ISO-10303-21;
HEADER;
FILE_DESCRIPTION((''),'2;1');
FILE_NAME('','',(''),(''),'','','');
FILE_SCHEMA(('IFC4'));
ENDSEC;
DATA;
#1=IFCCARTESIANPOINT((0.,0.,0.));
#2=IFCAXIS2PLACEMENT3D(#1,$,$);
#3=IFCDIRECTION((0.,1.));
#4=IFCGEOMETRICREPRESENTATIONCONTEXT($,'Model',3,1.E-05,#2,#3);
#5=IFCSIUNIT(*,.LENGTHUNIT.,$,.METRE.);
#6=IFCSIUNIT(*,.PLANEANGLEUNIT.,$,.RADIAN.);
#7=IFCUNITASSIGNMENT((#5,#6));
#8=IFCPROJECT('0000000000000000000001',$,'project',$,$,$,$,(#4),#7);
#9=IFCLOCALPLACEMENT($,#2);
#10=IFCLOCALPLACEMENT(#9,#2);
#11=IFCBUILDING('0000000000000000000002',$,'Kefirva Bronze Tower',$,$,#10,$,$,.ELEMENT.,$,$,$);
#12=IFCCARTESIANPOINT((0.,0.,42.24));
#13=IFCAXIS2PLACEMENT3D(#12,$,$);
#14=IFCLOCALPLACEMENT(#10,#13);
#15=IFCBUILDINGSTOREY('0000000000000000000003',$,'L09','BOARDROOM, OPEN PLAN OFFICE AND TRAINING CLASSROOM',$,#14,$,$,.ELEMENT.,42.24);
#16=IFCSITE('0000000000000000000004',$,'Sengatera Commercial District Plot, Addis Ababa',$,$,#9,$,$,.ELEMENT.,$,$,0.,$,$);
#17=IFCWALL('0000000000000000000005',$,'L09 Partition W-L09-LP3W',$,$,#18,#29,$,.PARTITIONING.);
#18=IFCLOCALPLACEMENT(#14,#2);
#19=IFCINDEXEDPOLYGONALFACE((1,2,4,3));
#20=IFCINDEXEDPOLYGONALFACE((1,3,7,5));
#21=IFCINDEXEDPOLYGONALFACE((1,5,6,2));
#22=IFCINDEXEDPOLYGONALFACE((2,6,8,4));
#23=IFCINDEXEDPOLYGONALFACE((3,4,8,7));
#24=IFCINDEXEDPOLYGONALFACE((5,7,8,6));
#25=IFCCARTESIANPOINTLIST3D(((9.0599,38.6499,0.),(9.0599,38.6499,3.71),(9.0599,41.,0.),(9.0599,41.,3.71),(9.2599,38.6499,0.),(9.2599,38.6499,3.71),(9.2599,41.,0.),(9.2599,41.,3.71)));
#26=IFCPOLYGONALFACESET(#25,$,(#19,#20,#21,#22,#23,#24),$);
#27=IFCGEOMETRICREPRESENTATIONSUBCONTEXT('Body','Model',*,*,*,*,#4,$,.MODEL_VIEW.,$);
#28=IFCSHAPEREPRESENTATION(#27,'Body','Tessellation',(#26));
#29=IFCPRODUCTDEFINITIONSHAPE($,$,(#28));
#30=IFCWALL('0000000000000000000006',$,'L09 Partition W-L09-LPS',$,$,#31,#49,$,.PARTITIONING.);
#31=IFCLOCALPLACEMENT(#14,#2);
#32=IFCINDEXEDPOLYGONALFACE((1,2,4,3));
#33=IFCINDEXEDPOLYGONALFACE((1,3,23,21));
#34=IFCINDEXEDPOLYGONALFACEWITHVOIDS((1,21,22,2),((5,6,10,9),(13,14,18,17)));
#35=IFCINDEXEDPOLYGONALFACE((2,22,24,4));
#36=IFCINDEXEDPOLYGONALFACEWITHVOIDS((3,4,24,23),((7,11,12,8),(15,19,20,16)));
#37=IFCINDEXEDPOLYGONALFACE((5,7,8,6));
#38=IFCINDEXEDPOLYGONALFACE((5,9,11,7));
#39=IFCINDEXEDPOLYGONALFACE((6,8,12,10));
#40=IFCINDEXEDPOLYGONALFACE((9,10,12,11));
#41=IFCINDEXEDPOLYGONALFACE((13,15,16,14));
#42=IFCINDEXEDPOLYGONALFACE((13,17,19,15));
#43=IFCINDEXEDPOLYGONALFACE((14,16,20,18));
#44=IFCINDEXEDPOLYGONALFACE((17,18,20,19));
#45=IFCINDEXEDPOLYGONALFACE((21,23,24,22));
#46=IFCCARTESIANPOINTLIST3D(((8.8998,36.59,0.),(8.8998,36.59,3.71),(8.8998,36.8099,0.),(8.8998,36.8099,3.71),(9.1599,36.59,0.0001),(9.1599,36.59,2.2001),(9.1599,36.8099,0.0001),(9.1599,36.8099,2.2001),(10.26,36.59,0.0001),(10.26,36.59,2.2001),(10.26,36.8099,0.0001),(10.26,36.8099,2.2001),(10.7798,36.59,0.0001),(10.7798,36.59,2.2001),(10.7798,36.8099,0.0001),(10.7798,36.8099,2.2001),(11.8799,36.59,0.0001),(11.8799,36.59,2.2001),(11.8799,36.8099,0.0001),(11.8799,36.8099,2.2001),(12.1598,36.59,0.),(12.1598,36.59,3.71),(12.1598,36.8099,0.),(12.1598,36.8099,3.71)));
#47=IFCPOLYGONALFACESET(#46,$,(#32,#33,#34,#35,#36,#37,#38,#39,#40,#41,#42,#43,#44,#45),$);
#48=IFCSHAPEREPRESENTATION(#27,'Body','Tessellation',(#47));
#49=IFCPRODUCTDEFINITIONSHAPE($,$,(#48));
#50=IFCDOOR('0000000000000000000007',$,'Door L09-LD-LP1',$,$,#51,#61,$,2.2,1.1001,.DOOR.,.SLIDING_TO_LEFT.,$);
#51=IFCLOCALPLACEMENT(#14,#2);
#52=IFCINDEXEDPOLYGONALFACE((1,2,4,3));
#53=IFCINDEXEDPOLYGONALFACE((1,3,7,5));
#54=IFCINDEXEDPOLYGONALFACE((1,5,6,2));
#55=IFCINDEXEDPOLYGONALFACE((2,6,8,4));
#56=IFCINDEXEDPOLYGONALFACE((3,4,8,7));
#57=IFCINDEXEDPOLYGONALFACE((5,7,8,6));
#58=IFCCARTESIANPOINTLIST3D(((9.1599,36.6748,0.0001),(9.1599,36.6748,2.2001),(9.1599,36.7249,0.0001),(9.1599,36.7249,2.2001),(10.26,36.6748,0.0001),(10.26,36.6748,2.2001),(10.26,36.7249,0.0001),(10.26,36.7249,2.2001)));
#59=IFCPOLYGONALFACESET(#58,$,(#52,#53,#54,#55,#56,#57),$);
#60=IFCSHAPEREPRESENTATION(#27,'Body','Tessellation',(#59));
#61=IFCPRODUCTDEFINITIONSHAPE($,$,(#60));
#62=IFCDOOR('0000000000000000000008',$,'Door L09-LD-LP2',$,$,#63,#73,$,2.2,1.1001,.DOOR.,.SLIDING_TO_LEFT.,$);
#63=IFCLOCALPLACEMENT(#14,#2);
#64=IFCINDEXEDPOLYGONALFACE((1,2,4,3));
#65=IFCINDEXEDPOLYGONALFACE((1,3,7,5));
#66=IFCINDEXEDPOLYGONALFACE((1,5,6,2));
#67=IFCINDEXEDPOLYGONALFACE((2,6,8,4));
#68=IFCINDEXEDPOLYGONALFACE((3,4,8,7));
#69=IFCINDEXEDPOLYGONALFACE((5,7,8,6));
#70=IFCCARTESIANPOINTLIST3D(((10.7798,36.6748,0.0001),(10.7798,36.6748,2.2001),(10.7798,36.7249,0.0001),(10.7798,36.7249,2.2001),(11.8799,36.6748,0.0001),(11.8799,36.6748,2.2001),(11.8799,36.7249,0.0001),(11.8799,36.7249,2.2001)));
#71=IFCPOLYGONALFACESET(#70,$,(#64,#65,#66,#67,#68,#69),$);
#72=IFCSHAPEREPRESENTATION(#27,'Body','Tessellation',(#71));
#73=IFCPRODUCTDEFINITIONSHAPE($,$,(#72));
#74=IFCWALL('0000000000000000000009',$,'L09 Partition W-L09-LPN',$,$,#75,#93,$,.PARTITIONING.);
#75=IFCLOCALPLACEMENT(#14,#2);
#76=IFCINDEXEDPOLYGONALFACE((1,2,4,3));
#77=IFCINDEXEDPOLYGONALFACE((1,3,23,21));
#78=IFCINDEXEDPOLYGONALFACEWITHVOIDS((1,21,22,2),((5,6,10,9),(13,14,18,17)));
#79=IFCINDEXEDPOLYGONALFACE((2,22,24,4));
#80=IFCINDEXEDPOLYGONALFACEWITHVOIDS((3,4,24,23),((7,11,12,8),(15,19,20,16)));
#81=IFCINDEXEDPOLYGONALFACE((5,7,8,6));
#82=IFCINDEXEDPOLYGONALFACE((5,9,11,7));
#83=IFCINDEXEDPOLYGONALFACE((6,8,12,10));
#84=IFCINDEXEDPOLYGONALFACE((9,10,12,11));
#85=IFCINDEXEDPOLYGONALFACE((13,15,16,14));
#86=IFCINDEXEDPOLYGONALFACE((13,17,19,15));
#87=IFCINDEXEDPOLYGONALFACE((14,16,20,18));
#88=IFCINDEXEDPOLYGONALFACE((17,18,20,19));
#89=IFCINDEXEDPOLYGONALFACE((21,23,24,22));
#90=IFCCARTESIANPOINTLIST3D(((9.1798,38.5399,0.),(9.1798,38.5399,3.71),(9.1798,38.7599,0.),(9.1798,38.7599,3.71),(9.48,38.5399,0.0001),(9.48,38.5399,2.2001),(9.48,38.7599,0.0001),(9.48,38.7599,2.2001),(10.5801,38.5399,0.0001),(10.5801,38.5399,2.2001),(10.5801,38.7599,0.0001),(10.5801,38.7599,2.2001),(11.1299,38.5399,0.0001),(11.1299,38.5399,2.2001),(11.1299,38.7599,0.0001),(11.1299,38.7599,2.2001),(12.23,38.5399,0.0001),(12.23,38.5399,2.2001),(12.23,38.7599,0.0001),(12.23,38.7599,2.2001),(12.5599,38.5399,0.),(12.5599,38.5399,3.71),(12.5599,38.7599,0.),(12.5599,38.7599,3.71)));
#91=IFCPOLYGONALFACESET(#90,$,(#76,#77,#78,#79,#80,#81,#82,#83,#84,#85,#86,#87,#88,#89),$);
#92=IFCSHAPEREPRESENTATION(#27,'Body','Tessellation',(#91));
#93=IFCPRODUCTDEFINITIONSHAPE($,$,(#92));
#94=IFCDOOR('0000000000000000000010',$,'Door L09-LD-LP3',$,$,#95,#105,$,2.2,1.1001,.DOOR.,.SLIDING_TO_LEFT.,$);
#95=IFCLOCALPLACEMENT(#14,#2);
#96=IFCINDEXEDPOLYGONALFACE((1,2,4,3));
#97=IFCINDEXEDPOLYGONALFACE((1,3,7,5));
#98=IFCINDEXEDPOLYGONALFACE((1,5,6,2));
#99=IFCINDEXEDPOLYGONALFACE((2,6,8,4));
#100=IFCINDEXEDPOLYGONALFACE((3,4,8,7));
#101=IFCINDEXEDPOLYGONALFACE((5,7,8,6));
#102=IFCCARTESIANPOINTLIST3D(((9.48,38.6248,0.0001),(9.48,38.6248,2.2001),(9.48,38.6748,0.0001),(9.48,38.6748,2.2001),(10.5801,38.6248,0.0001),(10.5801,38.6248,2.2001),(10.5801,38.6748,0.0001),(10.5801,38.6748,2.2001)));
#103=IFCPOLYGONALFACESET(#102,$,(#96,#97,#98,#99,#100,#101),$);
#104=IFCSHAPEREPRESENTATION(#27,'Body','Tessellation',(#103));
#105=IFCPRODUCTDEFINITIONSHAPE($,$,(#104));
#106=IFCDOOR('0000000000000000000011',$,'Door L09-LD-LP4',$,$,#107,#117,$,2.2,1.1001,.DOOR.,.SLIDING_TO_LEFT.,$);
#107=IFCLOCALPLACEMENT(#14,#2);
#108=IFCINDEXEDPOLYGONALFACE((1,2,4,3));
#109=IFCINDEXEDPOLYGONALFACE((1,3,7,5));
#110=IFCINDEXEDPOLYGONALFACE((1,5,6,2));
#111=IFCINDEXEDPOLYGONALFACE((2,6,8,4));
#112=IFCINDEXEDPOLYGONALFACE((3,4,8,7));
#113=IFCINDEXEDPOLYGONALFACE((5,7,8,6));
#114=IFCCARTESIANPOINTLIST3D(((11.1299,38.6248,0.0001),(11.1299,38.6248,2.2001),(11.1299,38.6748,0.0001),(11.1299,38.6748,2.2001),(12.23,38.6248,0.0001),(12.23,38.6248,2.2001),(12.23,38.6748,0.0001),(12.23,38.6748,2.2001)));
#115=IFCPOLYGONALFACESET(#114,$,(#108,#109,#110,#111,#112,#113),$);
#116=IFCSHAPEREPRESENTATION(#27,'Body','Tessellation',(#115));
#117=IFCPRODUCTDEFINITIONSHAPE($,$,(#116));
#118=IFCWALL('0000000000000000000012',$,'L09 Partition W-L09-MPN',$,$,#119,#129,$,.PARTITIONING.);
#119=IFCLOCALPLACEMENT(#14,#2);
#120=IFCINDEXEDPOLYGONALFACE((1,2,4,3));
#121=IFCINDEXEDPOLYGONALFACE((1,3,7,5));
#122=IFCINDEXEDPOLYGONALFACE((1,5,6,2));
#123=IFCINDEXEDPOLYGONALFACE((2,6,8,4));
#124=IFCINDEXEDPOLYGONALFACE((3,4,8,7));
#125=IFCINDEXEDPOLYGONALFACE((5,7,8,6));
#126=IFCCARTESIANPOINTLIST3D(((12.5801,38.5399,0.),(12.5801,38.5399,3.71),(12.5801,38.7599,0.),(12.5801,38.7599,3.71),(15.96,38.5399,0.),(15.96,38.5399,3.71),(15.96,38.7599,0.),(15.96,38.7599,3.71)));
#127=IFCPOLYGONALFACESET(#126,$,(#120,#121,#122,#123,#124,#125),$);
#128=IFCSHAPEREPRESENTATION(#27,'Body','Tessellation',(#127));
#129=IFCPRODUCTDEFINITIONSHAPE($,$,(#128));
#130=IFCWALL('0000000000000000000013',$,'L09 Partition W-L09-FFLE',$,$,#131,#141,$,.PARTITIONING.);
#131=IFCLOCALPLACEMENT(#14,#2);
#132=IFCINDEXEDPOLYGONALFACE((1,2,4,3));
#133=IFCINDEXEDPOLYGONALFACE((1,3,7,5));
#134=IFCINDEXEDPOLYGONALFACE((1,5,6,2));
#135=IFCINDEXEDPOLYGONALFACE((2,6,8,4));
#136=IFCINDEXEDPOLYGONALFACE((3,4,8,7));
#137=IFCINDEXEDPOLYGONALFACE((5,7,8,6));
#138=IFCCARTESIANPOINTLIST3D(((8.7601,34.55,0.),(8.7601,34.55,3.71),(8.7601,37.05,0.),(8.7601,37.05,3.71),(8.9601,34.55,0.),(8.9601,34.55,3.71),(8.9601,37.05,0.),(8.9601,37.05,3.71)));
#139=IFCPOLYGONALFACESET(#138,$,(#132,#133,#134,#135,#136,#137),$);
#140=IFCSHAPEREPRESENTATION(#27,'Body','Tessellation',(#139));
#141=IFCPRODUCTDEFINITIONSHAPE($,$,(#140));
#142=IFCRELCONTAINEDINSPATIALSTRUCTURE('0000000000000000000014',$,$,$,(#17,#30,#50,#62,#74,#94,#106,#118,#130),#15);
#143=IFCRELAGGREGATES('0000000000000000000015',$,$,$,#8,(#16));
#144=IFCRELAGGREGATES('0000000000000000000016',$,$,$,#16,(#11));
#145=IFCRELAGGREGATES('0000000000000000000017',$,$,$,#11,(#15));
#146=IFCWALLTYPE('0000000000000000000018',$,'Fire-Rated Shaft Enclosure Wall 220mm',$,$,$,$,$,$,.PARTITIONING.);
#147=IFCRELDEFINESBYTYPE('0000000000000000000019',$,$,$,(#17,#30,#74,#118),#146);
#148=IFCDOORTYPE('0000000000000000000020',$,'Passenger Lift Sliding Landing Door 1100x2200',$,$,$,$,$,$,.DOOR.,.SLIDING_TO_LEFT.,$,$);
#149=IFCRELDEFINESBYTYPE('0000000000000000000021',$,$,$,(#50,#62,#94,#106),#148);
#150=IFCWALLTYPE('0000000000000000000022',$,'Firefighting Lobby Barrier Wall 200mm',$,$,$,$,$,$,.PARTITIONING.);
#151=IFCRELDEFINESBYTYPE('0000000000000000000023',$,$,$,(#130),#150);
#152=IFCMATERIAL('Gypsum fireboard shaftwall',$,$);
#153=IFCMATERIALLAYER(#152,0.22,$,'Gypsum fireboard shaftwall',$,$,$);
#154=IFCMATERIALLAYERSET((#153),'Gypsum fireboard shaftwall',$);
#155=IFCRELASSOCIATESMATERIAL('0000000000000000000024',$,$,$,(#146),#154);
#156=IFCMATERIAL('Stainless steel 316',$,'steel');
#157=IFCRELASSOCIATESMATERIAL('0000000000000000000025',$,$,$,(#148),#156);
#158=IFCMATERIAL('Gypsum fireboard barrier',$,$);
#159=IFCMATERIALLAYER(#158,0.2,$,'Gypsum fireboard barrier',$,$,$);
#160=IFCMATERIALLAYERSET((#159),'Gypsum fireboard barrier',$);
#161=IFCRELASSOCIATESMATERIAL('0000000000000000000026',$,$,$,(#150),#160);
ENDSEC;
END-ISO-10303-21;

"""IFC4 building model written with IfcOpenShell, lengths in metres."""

from ifc_helpers import new_model, si_unit, direction, frame, frame_2d, origin, place, context, subcontext, project, spatial, rectangle, extrude, material, layer, layer_set, type_object, element, fill, save


model = new_model("IFC4")

# Units and contexts
model_context = context("Model", 3, precision=1e-05, world=origin(), true_north=direction((0.0, 1.0)))
body_context = subcontext(model_context, "Body", "Model", "MODEL_VIEW")
ifc_project = project(units=[si_unit("LENGTHUNIT", "METRE"), si_unit("PLANEANGLEUNIT", "RADIAN")], contexts=[model_context])

# Site, building, storey
site_placement = place(None, origin())
site = spatial("IfcSite", under=ifc_project, at=site_placement, Name="Sengatera Commercial District Plot, Addis Ababa", CompositionType="ELEMENT", RefElevation=0.0)
building_placement = place(site_placement, origin())
building = spatial("IfcBuilding", under=site, at=building_placement, Name="Kefirva Bronze Tower", CompositionType="ELEMENT")
storey_placement = place(building_placement, frame((0.0, 0.0, 42.24)))
storey = spatial("IfcBuildingStorey", under=building, at=storey_placement, Name="L09", Description="BOARDROOM, OPEN PLAN OFFICE AND TRAINING CLASSROOM", CompositionType="ELEMENT", Elevation=42.24)

# Shared definitions
ifc_material_1 = material(Name="Gypsum fireboard shaftwall")
ifc_layer_1 = layer(ifc_material_1, 0.22, Name="Gypsum fireboard shaftwall")
ifc_layer_set_1 = layer_set([ifc_layer_1], Name="Gypsum fireboard shaftwall")
wall_type_1 = type_object("IfcWallType", Name="Fire-Rated Shaft Enclosure Wall 220mm", PredefinedType="PARTITIONING", material=ifc_layer_set_1)
ifc_material_2 = material(Name="Stainless steel 316", Category="steel")

# Wall
wall_1_placement = place(storey_placement, frame((9.1599, 38.6499, 0.0), z_axis=(0.0, 0.0, 1.0), x_axis=(0.0, 1.0, 0.0)))
element("IfcWall", 1, at=wall_1_placement, inside=storey, type_object=wall_type_1, Name="L09 Partition W-L09-LP3W", PredefinedType="PARTITIONING", context=body_context, shape_type="SweptSolid", body=[
    extrude(rectangle(XDim=2.3501, YDim=0.2, at=frame_2d((1.175, 0.0))), origin(), (0.0, 0.0, 1.0), 3.71),
])

# Walls, openings, doors
wall_2_placement = place(storey_placement, frame((8.8999, 36.7, 0.0), z_axis=(0.0, 0.0, 1.0), x_axis=(1.0, 0.0, 0.0)))
wall_2 = element("IfcWall", 2, at=wall_2_placement, inside=storey, type_object=wall_type_1, Name="L09 Partition W-L09-LPS", PredefinedType="PARTITIONING", context=body_context, shape_type="SweptSolid", body=[
    extrude(rectangle(XDim=3.26, YDim=0.22, at=frame_2d((1.6299, 0.0))), origin(), (0.0, 0.0, 1.0), 3.71),
])
opening_1_placement = place(wall_2_placement, frame((0.26, 0.0, 0.0)))
opening_1 = element("IfcOpeningElement", 3, at=opening_1_placement, cuts=wall_2, PredefinedType="OPENING", context=body_context, shape_type="SweptSolid", body=[
    extrude(rectangle(XDim=1.1001, YDim=2.2, at=frame_2d((0.55, 1.1001))), frame((0.0, 0.1201, 0.0), z_axis=(0.0, -1.0, 0.0), x_axis=(1.0, 0.0, 0.0)), (0.0, 0.0, 1.0), 0.24),
])
opening_2_placement = place(wall_2_placement, frame((1.8799, 0.0, 0.0)))
opening_2 = element("IfcOpeningElement", 4, at=opening_2_placement, cuts=wall_2, PredefinedType="OPENING", context=body_context, shape_type="SweptSolid", body=[
    extrude(rectangle(XDim=1.1001, YDim=2.2, at=frame_2d((0.55, 1.1001))), frame((0.0, 0.1201, 0.0), z_axis=(0.0, -1.0, 0.0), x_axis=(1.0, 0.0, 0.0)), (0.0, 0.0, 1.0), 0.24),
])
door_type_1 = type_object("IfcDoorType", Name="Passenger Lift Sliding Landing Door 1100x2200", OperationType="SLIDING_TO_LEFT", PredefinedType="DOOR", material=ifc_material_2)
door_1_placement = place(opening_1_placement, origin())
door_1 = element("IfcDoor", 5, at=door_1_placement, inside=storey, type_object=door_type_1, Name="Door L09-LD-LP1", OperationType="SLIDING_TO_LEFT", OverallHeight=2.2, OverallWidth=1.1001, PredefinedType="DOOR", context=body_context, shape_type="SweptSolid", body=[
    extrude(rectangle(XDim=1.1001, YDim=2.2, at=frame_2d((0.55, 1.1001))), frame((0.0, 0.0249, 0.0), z_axis=(0.0, -1.0, 0.0), x_axis=(1.0, 0.0, 0.0)), (0.0, 0.0, 1.0), 0.05),
])
fill(opening_1, door_1)
door_2_placement = place(opening_2_placement, origin())
door_2 = element("IfcDoor", 6, at=door_2_placement, inside=storey, type_object=door_type_1, Name="Door L09-LD-LP2", OperationType="SLIDING_TO_LEFT", OverallHeight=2.2, OverallWidth=1.1001, PredefinedType="DOOR", context=body_context, shape_type="SweptSolid", body=[
    extrude(rectangle(XDim=1.1001, YDim=2.2, at=frame_2d((0.55, 1.1001))), frame((0.0, 0.0249, 0.0), z_axis=(0.0, -1.0, 0.0), x_axis=(1.0, 0.0, 0.0)), (0.0, 0.0, 1.0), 0.05),
])
fill(opening_2, door_2)
wall_3_placement = place(storey_placement, frame((9.1799, 38.6499, 0.0), z_axis=(0.0, 0.0, 1.0), x_axis=(1.0, 0.0, 0.0)))
wall_3 = element("IfcWall", 7, at=wall_3_placement, inside=storey, type_object=wall_type_1, Name="L09 Partition W-L09-LPN", PredefinedType="PARTITIONING", context=body_context, shape_type="SweptSolid", body=[
    extrude(rectangle(XDim=3.3801, YDim=0.22, at=frame_2d((1.6899, 0.0))), origin(), (0.0, 0.0, 1.0), 3.71),
])
opening_3_placement = place(wall_3_placement, frame((0.3, 0.0, 0.0)))
opening_3 = element("IfcOpeningElement", 8, at=opening_3_placement, cuts=wall_3, PredefinedType="OPENING", context=body_context, shape_type="SweptSolid", body=[
    extrude(rectangle(XDim=1.1001, YDim=2.2, at=frame_2d((0.55, 1.1001))), frame((0.0, 0.1201, 0.0), z_axis=(0.0, -1.0, 0.0), x_axis=(1.0, 0.0, 0.0)), (0.0, 0.0, 1.0), 0.24),
])
opening_4_placement = place(wall_3_placement, frame((1.95, 0.0, 0.0)))
opening_4 = element("IfcOpeningElement", 9, at=opening_4_placement, cuts=wall_3, PredefinedType="OPENING", context=body_context, shape_type="SweptSolid", body=[
    extrude(rectangle(XDim=1.1001, YDim=2.2, at=frame_2d((0.55, 1.1001))), frame((0.0, 0.1201, 0.0), z_axis=(0.0, -1.0, 0.0), x_axis=(1.0, 0.0, 0.0)), (0.0, 0.0, 1.0), 0.24),
])
door_3_placement = place(opening_3_placement, origin())
door_3 = element("IfcDoor", 10, at=door_3_placement, inside=storey, type_object=door_type_1, Name="Door L09-LD-LP3", OperationType="SLIDING_TO_LEFT", OverallHeight=2.2, OverallWidth=1.1001, PredefinedType="DOOR", context=body_context, shape_type="SweptSolid", body=[
    extrude(rectangle(XDim=1.1001, YDim=2.2, at=frame_2d((0.55, 1.1001))), frame((0.0, 0.0249, 0.0), z_axis=(0.0, -1.0, 0.0), x_axis=(1.0, 0.0, 0.0)), (0.0, 0.0, 1.0), 0.05),
])
fill(opening_3, door_3)
door_4_placement = place(opening_4_placement, origin())
door_4 = element("IfcDoor", 11, at=door_4_placement, inside=storey, type_object=door_type_1, Name="Door L09-LD-LP4", OperationType="SLIDING_TO_LEFT", OverallHeight=2.2, OverallWidth=1.1001, PredefinedType="DOOR", context=body_context, shape_type="SweptSolid", body=[
    extrude(rectangle(XDim=1.1001, YDim=2.2, at=frame_2d((0.55, 1.1001))), frame((0.0, 0.0249, 0.0), z_axis=(0.0, -1.0, 0.0), x_axis=(1.0, 0.0, 0.0)), (0.0, 0.0, 1.0), 0.05),
])
fill(opening_4, door_4)

# Walls
wall_4_placement = place(storey_placement, frame((12.5801, 38.6499, 0.0), z_axis=(0.0, 0.0, 1.0), x_axis=(1.0, 0.0, 0.0)))
element("IfcWall", 12, at=wall_4_placement, inside=storey, type_object=wall_type_1, Name="L09 Partition W-L09-MPN", PredefinedType="PARTITIONING", context=body_context, shape_type="SweptSolid", body=[
    extrude(rectangle(XDim=3.3799, YDim=0.22, at=frame_2d((1.6899, 0.0))), origin(), (0.0, 0.0, 1.0), 3.71),
])
ifc_material_3 = material(Name="Gypsum fireboard barrier")
ifc_layer_2 = layer(ifc_material_3, 0.2, Name="Gypsum fireboard barrier")
ifc_layer_set_2 = layer_set([ifc_layer_2], Name="Gypsum fireboard barrier")
wall_type_2 = type_object("IfcWallType", Name="Firefighting Lobby Barrier Wall 200mm", PredefinedType="PARTITIONING", material=ifc_layer_set_2)
wall_5_placement = place(storey_placement, frame((8.8601, 34.55, 0.0), z_axis=(0.0, 0.0, 1.0), x_axis=(0.0, 1.0, 0.0)))
element("IfcWall", 13, at=wall_5_placement, inside=storey, type_object=wall_type_2, Name="L09 Partition W-L09-FFLE", PredefinedType="PARTITIONING", context=body_context, shape_type="SweptSolid", body=[
    extrude(rectangle(XDim=2.5, YDim=0.2, at=frame_2d((1.25, 0.0))), origin(), (0.0, 0.0, 1.0), 3.71),
])

save(model, "model.ifc")
